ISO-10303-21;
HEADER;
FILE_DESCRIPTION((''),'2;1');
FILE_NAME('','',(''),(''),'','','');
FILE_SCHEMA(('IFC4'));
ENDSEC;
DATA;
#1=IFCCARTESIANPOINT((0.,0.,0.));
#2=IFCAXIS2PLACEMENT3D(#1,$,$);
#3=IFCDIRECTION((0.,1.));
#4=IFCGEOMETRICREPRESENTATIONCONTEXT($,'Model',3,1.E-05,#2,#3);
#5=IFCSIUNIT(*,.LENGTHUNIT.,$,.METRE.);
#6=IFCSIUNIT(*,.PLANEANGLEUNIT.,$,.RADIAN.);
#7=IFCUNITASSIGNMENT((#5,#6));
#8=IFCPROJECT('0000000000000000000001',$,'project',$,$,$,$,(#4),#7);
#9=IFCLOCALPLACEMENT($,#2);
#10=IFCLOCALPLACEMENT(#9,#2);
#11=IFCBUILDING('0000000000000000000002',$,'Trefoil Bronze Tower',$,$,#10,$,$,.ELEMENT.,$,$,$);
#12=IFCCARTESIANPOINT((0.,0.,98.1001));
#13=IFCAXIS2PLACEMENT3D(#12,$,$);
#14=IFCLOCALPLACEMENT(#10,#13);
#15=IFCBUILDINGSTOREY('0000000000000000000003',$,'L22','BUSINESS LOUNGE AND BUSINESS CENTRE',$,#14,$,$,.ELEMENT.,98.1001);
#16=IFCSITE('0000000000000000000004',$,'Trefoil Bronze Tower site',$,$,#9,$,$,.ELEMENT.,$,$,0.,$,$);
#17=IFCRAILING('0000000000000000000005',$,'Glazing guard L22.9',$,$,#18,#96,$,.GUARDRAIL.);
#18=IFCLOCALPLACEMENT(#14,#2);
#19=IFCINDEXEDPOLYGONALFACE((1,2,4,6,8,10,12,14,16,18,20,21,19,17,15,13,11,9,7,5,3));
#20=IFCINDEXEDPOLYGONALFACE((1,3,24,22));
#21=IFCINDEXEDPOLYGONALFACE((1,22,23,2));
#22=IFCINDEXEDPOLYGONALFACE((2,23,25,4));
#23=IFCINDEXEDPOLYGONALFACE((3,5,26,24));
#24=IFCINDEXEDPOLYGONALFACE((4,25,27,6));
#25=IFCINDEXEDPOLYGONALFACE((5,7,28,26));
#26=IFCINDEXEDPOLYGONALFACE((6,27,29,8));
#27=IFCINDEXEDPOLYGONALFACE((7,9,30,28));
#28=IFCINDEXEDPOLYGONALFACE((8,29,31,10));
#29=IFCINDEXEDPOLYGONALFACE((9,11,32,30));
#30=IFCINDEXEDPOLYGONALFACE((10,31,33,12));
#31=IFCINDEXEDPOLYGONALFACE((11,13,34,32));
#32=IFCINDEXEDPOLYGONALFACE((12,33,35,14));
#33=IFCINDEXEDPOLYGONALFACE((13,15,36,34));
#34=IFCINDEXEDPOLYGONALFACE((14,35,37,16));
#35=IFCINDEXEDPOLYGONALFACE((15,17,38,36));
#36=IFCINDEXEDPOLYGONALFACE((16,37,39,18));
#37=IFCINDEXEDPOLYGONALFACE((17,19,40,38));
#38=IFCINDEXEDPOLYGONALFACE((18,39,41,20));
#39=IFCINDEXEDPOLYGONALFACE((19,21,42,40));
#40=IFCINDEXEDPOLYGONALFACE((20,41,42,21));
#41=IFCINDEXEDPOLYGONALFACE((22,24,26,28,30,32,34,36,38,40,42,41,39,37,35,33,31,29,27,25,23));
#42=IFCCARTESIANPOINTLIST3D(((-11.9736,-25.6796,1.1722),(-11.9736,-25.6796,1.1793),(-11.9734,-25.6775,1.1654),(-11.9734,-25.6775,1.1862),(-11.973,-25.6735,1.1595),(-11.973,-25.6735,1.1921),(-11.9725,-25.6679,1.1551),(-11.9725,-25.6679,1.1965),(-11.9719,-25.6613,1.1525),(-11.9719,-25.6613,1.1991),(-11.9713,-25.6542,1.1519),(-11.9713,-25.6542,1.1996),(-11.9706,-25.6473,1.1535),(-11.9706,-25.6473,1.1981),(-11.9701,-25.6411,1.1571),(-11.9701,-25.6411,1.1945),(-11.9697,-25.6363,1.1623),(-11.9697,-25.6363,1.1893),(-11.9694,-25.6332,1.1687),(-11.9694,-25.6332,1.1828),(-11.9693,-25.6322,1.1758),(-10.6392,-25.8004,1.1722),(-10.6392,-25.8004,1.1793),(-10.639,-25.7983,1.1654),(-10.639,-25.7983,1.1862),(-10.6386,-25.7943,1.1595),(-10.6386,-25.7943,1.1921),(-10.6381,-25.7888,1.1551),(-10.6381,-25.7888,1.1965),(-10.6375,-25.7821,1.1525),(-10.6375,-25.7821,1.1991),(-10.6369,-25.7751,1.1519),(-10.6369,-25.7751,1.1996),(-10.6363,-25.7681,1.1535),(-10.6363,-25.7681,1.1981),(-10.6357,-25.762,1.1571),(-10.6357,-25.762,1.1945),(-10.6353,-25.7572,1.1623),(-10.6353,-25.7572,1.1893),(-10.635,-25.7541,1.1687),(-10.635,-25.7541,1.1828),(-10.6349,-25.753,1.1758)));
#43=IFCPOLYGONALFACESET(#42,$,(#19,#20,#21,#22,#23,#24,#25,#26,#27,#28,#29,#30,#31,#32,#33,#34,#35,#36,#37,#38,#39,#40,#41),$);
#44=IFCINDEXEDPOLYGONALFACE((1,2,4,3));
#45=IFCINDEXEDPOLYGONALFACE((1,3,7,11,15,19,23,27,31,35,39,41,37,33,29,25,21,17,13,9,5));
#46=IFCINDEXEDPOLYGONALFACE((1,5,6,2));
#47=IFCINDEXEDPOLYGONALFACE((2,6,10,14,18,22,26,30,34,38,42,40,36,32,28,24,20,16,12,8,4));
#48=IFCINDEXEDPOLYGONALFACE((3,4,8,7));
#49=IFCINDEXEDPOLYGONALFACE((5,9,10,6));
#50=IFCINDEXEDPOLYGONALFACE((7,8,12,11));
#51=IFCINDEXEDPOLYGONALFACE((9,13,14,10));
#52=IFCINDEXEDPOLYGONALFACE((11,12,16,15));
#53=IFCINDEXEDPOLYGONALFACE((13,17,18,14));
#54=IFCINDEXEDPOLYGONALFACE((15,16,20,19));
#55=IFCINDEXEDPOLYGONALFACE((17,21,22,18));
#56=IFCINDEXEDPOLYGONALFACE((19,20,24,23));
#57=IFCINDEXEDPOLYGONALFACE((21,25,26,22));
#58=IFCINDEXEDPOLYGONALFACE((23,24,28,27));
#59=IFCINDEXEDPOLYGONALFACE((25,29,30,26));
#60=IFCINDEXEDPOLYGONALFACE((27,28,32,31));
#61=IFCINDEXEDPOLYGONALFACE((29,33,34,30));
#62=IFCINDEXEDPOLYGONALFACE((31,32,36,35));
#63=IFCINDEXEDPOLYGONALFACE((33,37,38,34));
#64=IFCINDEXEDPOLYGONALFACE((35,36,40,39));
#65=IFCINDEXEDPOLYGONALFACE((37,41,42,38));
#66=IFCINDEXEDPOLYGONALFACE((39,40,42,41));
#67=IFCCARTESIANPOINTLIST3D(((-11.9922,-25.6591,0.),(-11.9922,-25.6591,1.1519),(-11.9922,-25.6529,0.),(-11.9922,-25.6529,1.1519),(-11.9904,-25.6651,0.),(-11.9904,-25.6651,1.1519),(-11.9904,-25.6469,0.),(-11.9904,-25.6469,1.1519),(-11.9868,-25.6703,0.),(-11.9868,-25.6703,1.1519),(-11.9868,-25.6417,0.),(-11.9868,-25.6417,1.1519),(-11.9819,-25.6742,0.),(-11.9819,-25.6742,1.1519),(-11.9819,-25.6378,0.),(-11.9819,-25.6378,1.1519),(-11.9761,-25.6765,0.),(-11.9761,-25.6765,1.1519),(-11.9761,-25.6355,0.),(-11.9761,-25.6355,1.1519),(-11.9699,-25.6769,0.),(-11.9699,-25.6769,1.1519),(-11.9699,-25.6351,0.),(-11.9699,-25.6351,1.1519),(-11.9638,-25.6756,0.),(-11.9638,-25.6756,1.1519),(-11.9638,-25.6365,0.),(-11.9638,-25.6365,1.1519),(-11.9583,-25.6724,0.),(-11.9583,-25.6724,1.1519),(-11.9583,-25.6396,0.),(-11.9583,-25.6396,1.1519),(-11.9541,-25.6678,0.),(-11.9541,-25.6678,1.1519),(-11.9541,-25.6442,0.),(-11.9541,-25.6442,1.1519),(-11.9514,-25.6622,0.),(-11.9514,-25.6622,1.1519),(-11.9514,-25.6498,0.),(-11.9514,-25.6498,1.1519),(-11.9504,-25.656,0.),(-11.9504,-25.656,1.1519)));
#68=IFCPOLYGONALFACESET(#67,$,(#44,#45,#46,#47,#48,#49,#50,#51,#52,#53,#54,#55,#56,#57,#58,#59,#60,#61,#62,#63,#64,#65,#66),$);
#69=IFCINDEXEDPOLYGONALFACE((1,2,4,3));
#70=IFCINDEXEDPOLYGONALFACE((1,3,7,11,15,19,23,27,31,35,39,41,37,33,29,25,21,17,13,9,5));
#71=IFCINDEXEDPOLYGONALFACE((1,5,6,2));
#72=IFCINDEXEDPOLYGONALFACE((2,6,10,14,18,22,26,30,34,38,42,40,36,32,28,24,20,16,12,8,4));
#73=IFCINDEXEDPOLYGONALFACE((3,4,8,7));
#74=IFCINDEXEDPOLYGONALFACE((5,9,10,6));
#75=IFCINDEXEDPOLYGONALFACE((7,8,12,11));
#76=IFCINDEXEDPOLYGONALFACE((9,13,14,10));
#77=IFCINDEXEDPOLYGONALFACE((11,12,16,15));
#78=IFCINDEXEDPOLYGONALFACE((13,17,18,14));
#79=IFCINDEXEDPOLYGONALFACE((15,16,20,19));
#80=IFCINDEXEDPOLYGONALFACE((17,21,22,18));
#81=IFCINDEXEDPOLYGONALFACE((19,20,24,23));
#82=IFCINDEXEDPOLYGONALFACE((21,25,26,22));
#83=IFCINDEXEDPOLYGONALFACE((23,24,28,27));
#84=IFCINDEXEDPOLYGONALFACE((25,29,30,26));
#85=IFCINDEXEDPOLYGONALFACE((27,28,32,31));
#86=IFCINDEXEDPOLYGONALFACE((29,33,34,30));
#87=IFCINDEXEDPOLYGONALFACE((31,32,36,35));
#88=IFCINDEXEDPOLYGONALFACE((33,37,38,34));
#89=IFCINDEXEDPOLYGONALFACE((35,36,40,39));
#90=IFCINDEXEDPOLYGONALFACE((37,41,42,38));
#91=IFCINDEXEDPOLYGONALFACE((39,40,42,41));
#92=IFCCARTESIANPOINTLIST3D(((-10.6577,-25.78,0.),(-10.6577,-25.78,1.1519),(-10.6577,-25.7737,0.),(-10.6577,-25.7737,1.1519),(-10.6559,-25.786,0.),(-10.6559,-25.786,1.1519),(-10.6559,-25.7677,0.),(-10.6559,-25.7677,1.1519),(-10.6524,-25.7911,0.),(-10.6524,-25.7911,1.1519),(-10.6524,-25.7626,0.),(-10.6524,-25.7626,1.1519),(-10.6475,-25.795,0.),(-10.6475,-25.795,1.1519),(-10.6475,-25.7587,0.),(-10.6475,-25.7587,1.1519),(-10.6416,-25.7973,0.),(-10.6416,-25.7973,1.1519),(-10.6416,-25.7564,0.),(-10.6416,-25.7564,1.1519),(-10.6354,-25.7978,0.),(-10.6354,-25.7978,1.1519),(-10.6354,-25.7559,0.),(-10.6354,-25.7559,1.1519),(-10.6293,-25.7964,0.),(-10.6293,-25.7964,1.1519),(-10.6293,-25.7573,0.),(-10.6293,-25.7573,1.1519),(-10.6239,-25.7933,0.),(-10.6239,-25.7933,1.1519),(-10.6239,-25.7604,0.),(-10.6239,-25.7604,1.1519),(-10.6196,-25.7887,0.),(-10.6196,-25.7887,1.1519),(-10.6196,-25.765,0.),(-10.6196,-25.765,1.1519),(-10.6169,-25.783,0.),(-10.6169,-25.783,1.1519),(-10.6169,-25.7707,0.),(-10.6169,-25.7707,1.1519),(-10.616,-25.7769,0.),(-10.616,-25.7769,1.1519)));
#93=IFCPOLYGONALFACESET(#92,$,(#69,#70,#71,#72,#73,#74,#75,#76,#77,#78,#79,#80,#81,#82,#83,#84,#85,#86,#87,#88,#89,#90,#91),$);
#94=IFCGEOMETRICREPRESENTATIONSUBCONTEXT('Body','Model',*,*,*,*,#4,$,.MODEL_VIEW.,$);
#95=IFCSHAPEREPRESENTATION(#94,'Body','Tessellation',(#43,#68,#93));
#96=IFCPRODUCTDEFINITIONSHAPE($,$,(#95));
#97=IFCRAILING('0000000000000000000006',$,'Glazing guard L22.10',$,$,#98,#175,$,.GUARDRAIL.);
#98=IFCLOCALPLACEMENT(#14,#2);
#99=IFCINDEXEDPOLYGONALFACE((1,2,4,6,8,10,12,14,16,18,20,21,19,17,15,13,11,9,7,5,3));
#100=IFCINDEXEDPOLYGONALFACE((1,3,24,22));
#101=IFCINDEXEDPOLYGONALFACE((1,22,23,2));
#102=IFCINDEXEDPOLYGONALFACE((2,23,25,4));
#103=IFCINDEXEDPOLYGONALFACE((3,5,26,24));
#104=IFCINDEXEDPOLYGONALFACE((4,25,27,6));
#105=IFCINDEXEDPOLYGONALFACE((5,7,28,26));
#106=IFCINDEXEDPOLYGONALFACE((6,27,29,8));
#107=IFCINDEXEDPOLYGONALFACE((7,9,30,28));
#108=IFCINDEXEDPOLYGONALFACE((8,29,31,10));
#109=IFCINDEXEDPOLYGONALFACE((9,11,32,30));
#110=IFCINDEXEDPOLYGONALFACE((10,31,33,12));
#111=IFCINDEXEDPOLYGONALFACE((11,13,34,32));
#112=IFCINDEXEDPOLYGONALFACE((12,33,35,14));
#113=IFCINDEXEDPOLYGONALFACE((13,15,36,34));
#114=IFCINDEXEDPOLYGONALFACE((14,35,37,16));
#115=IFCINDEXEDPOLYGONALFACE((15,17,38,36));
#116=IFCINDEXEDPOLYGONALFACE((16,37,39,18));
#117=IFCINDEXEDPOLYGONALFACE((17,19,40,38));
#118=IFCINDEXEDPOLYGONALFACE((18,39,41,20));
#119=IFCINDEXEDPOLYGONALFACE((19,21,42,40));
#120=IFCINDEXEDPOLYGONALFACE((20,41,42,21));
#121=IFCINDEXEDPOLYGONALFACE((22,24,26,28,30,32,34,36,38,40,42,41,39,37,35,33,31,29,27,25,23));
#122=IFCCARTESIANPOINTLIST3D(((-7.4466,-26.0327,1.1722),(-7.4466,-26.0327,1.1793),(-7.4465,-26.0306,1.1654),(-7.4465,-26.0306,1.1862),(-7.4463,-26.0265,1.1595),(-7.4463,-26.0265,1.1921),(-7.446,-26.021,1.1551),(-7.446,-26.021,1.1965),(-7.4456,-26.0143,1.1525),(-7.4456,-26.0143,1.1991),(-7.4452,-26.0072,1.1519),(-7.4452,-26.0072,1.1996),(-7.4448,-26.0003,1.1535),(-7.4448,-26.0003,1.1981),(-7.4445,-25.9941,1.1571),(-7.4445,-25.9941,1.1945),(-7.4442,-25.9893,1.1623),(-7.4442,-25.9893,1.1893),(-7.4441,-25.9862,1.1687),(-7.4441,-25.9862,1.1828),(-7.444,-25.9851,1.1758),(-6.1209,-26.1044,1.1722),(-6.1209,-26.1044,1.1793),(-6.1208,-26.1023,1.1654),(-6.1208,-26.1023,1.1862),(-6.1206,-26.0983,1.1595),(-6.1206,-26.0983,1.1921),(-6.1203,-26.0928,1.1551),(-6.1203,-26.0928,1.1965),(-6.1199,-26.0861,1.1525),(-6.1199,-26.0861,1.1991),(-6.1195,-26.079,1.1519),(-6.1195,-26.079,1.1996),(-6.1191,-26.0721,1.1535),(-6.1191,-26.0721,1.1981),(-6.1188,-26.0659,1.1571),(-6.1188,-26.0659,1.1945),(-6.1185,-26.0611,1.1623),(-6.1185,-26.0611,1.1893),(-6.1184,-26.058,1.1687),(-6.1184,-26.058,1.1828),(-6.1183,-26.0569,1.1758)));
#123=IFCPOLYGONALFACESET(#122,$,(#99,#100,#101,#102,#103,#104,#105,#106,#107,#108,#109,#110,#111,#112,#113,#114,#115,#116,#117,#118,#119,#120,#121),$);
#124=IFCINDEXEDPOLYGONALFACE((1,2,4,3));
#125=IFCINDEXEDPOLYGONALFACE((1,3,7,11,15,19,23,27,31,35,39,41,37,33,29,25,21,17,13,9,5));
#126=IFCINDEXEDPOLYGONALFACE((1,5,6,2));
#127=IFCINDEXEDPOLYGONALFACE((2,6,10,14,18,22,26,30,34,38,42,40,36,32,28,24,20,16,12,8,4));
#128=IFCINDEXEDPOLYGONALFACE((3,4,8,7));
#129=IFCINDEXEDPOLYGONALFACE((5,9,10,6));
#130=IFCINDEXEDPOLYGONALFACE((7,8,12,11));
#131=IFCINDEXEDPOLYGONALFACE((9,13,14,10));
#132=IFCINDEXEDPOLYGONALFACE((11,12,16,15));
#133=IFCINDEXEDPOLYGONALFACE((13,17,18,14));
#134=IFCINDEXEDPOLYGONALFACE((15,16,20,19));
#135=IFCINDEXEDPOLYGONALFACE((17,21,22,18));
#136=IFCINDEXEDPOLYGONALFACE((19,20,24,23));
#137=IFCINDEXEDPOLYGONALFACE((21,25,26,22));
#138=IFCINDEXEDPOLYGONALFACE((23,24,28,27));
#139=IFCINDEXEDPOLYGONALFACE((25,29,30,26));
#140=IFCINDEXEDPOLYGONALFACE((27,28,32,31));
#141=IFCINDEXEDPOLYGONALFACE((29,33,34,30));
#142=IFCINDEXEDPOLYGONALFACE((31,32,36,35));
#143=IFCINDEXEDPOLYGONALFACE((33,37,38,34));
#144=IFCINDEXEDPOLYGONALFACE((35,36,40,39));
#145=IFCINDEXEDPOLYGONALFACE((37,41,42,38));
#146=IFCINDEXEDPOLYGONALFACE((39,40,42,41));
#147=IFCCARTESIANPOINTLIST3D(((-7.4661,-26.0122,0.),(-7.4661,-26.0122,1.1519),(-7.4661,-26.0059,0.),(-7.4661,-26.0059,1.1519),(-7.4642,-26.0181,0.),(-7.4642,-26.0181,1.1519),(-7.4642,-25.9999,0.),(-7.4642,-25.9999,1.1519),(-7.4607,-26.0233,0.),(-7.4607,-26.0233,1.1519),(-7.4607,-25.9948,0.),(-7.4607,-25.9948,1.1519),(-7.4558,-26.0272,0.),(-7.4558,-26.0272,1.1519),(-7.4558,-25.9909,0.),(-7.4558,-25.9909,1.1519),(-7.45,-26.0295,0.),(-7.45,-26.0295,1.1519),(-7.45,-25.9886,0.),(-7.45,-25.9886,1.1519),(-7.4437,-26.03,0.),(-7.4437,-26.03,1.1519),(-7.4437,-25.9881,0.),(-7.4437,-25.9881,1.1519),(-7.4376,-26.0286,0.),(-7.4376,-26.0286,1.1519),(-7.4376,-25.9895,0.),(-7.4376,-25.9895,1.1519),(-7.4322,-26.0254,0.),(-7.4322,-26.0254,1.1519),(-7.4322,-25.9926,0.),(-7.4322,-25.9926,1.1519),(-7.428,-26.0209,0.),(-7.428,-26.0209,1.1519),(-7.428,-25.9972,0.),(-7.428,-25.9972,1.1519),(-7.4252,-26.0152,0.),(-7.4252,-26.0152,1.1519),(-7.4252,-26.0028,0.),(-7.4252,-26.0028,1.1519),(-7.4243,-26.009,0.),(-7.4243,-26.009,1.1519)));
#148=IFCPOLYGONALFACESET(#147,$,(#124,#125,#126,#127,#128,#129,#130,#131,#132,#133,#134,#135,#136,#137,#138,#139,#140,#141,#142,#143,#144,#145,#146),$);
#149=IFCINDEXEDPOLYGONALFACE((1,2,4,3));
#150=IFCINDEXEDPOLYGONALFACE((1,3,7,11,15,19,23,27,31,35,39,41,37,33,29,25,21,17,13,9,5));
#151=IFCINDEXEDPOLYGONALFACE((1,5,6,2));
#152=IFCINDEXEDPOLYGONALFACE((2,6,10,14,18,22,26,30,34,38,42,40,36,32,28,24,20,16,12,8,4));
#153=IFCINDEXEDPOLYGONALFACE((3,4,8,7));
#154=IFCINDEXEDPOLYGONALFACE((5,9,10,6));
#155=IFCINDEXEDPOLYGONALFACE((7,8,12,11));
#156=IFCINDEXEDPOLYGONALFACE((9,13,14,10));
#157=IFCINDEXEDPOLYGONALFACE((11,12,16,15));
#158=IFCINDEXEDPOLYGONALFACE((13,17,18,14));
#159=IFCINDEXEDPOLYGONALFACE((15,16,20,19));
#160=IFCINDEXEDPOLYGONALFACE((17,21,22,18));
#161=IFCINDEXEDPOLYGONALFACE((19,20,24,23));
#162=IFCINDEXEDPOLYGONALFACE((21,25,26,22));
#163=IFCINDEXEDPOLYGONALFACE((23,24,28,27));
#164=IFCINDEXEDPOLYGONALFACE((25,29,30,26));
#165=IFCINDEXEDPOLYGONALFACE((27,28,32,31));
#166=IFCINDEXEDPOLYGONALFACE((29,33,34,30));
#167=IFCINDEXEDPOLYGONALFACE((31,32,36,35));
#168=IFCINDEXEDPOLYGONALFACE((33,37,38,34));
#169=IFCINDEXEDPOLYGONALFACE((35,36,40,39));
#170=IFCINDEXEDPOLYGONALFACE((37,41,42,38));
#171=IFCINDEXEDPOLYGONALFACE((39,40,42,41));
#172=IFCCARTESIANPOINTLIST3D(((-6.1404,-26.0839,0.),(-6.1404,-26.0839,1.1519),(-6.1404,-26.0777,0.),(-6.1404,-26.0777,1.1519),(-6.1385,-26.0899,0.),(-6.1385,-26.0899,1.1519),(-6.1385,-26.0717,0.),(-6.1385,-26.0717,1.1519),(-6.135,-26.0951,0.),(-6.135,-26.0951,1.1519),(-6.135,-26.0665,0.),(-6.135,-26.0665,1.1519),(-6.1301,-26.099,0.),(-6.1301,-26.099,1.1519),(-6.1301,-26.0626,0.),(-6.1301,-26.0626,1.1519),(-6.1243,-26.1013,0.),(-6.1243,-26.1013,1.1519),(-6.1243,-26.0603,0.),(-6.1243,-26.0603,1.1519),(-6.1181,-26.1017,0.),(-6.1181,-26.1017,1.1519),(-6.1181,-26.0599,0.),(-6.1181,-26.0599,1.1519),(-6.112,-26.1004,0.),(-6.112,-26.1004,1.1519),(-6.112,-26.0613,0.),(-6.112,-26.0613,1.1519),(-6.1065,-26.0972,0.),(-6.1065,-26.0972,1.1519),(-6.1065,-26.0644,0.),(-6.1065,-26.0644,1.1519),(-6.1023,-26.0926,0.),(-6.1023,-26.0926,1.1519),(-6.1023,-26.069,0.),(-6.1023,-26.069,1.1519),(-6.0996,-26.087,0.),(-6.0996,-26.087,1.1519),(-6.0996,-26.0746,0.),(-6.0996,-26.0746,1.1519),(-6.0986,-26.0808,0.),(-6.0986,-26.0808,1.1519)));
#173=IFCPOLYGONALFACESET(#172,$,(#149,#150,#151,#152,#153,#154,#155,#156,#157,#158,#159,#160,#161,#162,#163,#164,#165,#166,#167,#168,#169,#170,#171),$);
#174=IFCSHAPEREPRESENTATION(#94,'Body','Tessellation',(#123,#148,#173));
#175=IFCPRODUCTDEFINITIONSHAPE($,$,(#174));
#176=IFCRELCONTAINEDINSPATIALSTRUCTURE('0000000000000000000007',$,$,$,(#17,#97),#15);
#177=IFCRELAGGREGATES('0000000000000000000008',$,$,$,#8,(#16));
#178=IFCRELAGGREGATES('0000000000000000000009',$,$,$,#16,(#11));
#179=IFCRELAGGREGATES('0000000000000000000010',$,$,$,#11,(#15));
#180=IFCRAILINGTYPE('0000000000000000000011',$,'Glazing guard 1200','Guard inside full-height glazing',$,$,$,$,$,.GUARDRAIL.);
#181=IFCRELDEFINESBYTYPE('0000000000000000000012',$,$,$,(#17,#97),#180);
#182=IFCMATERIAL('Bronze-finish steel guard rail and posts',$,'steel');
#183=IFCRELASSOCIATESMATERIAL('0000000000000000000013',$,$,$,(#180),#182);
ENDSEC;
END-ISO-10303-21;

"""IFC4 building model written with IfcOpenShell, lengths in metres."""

from ifc_helpers import new_model, si_unit, direction, frame, origin, origin_2d, place, context, subcontext, project, spatial, circle, extrude, material, type_object, element, save


model = new_model("IFC4")

# Units and contexts
model_context = context("Model", 3, precision=1e-05, world=origin(), true_north=direction((0.0, 1.0)))
body_context = subcontext(model_context, "Body", "Model", "MODEL_VIEW")
ifc_project = project(units=[si_unit("LENGTHUNIT", "METRE"), si_unit("PLANEANGLEUNIT", "RADIAN")], contexts=[model_context])

# Site, building, storey
site_placement = place(None, origin())
site = spatial("IfcSite", under=ifc_project, at=site_placement, Name="Trefoil Bronze Tower site", CompositionType="ELEMENT", RefElevation=0.0)
building_placement = place(site_placement, origin())
building = spatial("IfcBuilding", under=site, at=building_placement, Name="Trefoil Bronze Tower", CompositionType="ELEMENT")
storey_placement = place(building_placement, frame((0.0, 0.0, 98.1001)))
storey = spatial("IfcBuildingStorey", under=building, at=storey_placement, Name="L22", Description="BUSINESS LOUNGE AND BUSINESS CENTRE", CompositionType="ELEMENT", Elevation=98.1001)

# Railings
ifc_material_1 = material(Name="Bronze-finish steel guard rail and posts", Category="steel")
railing_type = type_object("IfcRailingType", Name="Glazing guard 1200", Description="Guard inside full-height glazing", PredefinedType="GUARDRAIL", material=ifc_material_1)
railing_1_placement = place(storey_placement, frame((-11.9714, -25.656, 0.0)))
element("IfcRailing", 1, at=railing_1_placement, inside=storey, type_object=railing_type, Name="Glazing guard L22.9", PredefinedType="GUARDRAIL", context=body_context, shape_type="SweptSolid", body=[
    extrude(circle(Radius=0.0239, at=origin_2d()), frame((0.0, 0.0, 1.1758), z_axis=(0.995925, -0.090191, 0.0), x_axis=(0.090191, 0.995925, 0.0)), (0.0, 0.0, 1.0), 1.3398),
    extrude(circle(Radius=0.021, at=origin_2d()), origin(), (0.0, 0.0, 1.0), 1.1519),
    extrude(circle(Radius=0.021, at=origin_2d()), frame((1.3345, -0.1208, 0.0)), (0.0, 0.0, 1.0), 1.1519),
])
railing_2_placement = place(storey_placement, frame((-7.4453, -26.009, 0.0)))
element("IfcRailing", 2, at=railing_2_placement, inside=storey, type_object=railing_type, Name="Glazing guard L22.10", PredefinedType="GUARDRAIL", context=body_context, shape_type="SweptSolid", body=[
    extrude(circle(Radius=0.0239, at=origin_2d()), frame((0.0, 0.0, 1.1758), z_axis=(0.998537, -0.054064, 0.0), x_axis=(0.054064, 0.998537, 0.0)), (0.0, 0.0, 1.0), 1.3276),
    extrude(circle(Radius=0.021, at=origin_2d()), origin(), (0.0, 0.0, 1.0), 1.1519),
    extrude(circle(Radius=0.021, at=origin_2d()), frame((1.3257, -0.0718, 0.0)), (0.0, 0.0, 1.0), 1.1519),
])

save(model, "model.ifc")
